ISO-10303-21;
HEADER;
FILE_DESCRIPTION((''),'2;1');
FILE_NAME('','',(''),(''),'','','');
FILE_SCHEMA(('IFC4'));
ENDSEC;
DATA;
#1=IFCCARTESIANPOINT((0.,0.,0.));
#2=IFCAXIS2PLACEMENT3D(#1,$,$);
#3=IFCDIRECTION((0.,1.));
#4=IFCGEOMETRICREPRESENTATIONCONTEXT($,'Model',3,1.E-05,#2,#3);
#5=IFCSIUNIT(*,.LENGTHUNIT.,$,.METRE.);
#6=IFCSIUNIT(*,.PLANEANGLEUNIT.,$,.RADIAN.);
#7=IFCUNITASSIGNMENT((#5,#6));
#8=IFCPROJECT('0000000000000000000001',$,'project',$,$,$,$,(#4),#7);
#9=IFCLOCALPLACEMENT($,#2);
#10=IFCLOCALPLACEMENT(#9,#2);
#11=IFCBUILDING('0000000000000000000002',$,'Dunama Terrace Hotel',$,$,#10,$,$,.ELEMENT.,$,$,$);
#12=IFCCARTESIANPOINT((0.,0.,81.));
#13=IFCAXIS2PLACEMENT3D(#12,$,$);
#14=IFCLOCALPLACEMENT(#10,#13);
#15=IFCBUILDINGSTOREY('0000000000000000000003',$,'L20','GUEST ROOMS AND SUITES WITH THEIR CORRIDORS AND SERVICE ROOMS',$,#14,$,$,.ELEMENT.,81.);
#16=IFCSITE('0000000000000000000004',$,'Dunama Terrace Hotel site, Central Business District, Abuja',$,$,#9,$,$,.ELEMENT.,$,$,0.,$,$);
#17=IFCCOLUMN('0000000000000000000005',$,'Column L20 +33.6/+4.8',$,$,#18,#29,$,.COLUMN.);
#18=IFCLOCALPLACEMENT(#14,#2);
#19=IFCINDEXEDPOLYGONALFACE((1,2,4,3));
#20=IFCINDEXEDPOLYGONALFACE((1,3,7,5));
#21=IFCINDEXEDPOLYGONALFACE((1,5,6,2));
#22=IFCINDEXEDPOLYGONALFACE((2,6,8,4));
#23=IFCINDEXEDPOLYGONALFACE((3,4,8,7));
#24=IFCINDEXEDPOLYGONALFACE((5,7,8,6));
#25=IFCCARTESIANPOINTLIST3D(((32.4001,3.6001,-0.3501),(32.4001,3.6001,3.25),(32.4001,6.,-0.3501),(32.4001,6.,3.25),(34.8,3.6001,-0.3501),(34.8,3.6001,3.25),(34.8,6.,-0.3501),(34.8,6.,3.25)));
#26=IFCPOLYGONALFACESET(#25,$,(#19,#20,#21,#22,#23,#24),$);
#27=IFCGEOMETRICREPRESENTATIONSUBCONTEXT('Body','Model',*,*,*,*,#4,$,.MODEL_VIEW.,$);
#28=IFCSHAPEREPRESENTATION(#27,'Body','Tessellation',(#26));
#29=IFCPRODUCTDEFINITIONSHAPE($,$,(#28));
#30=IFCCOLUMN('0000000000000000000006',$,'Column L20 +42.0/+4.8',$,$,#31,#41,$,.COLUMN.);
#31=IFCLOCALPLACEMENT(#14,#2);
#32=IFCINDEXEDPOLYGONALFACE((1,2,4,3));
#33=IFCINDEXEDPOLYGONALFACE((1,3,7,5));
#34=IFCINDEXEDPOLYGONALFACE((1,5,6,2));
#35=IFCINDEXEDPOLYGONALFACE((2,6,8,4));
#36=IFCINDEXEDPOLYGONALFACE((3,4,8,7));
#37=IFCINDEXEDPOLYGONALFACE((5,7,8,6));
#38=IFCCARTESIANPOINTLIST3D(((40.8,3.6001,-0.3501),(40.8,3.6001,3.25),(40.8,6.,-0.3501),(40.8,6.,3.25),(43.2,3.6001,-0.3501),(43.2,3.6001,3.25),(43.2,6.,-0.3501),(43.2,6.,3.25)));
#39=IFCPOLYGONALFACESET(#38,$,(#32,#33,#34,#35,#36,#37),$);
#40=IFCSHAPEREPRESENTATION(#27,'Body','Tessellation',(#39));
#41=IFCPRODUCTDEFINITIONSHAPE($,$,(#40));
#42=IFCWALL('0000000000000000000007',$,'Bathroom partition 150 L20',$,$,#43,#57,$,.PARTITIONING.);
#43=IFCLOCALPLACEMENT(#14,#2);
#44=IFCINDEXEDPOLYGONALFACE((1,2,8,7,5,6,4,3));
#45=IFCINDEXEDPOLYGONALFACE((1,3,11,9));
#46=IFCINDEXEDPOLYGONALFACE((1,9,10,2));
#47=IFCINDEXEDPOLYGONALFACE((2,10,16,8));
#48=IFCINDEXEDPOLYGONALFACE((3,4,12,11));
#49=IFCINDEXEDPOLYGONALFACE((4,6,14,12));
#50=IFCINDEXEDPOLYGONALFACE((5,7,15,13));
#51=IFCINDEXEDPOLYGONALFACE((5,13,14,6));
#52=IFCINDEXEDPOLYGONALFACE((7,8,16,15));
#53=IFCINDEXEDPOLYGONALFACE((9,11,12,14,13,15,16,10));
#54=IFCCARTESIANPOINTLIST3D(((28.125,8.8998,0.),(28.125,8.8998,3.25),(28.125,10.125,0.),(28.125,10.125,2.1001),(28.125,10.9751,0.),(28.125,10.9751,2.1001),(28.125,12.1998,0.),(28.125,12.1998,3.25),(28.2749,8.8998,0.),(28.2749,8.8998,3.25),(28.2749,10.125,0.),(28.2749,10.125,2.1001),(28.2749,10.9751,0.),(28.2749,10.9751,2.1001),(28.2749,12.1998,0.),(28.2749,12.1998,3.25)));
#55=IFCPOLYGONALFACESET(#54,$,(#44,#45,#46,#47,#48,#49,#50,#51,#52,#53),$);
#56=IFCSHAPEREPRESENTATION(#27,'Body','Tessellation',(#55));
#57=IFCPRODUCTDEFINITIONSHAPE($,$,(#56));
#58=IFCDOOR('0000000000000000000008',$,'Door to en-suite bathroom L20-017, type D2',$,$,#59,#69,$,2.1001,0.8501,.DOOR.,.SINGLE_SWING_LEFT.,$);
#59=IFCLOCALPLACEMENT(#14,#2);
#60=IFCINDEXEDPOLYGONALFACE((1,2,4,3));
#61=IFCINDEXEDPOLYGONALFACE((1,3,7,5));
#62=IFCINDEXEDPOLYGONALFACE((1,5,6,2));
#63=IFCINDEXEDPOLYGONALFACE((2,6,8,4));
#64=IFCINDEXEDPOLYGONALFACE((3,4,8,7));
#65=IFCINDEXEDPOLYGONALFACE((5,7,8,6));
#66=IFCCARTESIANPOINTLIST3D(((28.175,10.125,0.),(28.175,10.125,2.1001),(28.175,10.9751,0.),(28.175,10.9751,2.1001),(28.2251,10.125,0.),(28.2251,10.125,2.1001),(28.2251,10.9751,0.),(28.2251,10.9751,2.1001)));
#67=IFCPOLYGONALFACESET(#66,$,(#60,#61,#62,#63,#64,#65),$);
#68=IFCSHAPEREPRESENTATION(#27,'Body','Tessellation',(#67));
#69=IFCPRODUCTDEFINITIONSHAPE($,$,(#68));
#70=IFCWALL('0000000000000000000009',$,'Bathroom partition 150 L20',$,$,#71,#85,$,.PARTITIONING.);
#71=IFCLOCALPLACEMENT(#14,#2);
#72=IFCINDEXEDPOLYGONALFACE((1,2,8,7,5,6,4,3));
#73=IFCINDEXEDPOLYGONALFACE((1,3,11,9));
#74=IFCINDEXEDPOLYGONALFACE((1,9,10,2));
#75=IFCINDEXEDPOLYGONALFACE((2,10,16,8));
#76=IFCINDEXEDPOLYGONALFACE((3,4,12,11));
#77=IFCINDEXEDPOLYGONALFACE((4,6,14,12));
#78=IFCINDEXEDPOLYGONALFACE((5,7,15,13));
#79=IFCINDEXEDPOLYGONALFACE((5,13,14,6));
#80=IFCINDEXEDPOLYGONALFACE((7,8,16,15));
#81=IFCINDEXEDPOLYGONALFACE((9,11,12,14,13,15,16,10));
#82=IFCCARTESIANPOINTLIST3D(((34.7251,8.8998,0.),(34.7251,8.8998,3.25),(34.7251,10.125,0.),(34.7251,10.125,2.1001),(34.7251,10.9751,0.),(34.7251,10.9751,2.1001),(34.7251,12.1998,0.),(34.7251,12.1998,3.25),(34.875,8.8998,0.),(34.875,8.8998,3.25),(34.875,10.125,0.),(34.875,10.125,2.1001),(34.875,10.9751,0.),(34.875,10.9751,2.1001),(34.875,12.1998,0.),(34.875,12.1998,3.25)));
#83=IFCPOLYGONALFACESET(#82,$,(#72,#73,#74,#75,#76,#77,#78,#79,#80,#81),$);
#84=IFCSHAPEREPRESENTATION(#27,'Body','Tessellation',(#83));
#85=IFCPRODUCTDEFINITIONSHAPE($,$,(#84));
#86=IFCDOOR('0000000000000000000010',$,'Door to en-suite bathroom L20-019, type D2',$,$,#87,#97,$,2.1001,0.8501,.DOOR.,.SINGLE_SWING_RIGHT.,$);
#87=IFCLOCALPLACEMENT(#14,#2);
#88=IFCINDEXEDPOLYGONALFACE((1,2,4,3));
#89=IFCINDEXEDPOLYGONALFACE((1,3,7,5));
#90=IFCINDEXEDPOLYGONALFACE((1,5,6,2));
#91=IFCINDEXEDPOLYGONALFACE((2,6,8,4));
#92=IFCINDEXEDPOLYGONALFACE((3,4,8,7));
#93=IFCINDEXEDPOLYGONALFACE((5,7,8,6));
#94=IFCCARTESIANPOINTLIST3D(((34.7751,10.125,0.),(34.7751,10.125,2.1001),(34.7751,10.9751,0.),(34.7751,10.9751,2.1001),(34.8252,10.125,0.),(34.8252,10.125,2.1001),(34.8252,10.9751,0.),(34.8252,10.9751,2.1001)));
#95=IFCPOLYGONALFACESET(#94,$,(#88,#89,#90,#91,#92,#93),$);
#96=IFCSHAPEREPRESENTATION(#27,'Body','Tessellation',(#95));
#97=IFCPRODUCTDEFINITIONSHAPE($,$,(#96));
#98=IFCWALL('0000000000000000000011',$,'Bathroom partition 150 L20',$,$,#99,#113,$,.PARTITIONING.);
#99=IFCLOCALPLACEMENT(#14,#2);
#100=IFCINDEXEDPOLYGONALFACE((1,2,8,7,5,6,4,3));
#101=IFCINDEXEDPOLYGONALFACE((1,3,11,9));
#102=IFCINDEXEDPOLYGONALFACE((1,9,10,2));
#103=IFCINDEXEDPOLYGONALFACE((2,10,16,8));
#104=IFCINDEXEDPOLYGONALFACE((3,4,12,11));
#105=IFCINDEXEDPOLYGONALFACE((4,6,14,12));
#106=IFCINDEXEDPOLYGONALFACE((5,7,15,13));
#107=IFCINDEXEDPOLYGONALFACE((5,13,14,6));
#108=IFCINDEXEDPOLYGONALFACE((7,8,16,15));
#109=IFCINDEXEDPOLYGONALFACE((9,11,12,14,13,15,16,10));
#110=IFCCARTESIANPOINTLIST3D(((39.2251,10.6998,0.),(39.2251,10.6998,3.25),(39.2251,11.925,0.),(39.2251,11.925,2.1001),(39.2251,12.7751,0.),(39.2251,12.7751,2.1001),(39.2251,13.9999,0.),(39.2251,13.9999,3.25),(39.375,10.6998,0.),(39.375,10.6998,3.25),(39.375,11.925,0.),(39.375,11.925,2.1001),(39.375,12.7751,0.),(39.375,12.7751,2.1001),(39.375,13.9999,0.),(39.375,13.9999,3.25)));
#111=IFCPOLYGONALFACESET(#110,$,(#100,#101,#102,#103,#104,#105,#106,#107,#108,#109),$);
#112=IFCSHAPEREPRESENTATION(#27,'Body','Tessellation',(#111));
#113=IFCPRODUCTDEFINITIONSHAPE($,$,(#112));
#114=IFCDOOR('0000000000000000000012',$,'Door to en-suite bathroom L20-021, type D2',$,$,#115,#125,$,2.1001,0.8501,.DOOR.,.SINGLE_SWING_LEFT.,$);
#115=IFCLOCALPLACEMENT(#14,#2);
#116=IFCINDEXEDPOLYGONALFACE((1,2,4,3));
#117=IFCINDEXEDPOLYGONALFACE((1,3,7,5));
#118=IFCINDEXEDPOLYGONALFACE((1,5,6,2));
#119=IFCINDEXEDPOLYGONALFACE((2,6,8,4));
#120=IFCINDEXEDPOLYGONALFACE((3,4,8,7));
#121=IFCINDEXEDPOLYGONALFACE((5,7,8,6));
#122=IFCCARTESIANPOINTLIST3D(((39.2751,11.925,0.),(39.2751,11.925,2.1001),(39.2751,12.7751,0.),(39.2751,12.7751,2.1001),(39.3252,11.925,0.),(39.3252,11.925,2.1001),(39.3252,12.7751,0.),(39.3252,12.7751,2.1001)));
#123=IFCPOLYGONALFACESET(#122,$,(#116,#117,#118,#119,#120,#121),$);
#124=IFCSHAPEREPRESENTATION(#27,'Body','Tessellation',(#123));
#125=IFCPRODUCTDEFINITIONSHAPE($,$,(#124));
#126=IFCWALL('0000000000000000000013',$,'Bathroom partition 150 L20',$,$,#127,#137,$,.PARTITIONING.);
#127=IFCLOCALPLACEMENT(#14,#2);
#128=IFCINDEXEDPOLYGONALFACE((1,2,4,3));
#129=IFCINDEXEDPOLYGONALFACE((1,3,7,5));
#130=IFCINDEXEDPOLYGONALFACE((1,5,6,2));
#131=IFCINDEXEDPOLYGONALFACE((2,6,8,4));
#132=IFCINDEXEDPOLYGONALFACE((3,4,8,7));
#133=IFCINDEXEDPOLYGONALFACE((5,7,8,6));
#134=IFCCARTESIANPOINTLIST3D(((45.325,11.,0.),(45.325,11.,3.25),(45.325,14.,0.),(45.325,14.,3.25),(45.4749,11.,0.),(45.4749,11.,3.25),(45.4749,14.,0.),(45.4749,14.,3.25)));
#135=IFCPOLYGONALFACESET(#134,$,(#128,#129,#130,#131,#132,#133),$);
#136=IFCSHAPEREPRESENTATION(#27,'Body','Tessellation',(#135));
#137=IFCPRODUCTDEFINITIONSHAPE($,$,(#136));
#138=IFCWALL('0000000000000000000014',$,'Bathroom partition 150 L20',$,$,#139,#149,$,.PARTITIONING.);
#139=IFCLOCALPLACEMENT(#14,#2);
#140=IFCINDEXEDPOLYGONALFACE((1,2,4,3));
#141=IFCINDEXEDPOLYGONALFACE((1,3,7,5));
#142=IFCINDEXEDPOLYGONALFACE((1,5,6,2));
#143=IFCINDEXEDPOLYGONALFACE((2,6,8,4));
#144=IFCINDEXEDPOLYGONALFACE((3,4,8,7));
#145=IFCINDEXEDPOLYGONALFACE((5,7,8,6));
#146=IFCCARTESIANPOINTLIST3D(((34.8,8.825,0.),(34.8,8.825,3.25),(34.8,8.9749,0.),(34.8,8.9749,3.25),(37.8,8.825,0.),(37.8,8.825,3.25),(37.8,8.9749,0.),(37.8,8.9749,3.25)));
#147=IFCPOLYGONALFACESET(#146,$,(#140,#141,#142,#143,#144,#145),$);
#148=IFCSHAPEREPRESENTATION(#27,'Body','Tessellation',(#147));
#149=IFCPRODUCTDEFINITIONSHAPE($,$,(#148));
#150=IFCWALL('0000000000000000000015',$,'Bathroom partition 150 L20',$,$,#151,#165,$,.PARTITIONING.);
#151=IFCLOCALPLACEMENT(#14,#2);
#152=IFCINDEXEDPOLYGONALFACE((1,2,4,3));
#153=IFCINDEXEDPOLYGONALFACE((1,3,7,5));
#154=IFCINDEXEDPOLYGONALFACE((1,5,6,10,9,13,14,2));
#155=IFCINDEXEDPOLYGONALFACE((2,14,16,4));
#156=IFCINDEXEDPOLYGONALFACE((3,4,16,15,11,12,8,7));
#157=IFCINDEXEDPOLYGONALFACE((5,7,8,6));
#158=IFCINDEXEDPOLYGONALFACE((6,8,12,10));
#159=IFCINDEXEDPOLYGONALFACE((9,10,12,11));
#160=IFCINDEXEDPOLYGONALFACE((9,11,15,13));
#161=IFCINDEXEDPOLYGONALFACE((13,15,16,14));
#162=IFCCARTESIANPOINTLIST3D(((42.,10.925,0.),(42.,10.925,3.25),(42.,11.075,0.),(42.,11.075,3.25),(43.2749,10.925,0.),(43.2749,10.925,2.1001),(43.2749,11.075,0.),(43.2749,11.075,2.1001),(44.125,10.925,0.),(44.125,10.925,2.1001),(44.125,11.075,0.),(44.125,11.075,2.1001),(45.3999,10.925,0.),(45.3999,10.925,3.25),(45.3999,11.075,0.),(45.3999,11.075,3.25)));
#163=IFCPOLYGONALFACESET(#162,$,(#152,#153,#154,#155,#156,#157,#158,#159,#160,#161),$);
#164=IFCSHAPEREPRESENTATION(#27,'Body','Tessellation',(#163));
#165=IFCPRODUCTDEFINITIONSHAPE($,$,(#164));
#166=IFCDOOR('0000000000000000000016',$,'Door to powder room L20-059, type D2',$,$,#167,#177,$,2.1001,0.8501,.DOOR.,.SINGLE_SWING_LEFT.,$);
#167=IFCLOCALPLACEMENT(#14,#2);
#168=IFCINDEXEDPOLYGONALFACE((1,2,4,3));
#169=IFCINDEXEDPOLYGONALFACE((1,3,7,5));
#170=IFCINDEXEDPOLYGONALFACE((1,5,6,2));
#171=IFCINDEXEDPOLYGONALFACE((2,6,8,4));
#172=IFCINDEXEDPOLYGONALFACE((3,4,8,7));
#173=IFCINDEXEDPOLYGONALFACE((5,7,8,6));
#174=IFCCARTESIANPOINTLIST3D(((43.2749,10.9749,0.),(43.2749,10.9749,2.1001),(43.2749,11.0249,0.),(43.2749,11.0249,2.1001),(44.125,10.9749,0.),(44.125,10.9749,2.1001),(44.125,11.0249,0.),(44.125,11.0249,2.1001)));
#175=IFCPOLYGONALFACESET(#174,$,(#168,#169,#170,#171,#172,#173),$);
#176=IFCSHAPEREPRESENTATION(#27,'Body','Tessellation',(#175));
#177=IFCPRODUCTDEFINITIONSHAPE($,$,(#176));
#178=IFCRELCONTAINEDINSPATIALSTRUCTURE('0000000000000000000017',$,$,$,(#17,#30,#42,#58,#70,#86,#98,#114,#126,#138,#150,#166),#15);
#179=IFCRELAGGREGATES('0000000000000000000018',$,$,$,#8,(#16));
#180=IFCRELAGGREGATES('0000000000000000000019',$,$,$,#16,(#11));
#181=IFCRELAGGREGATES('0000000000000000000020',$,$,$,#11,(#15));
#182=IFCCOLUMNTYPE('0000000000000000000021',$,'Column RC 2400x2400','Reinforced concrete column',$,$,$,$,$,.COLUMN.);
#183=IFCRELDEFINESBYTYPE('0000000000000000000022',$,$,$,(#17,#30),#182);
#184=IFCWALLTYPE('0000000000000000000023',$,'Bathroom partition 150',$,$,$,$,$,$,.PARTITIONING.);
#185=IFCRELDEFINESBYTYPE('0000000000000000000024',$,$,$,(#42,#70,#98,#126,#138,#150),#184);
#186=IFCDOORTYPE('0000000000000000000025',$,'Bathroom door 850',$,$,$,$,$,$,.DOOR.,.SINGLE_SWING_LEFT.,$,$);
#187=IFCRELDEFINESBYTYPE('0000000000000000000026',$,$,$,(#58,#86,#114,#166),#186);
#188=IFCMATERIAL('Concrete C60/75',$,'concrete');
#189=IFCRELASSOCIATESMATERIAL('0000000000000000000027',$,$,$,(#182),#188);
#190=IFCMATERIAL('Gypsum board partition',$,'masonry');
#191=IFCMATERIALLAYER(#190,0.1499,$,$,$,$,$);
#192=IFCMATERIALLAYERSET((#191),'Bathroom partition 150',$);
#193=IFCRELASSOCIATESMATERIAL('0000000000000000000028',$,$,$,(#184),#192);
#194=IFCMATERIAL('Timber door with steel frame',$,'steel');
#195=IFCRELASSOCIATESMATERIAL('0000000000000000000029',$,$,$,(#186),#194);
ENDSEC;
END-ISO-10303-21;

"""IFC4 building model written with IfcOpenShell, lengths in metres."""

from ifc_helpers import new_model, si_unit, direction, frame, frame_2d, origin, origin_2d, place, context, subcontext, project, spatial, rectangle, extrude, material, layer, layer_set, material_profile, profile_set, type_object, element, fill, save


model = new_model("IFC4")

# Units and contexts
model_context = context("Model", 3, precision=1e-05, world=origin(), true_north=direction((0.0, 1.0)))
body_context = subcontext(model_context, "Body", "Model", "MODEL_VIEW")
ifc_project = project(units=[si_unit("LENGTHUNIT", "METRE"), si_unit("PLANEANGLEUNIT", "RADIAN")], contexts=[model_context])

# Site, building, storey
site_placement = place(None, origin())
site = spatial("IfcSite", under=ifc_project, at=site_placement, Name="Dunama Terrace Hotel site, Central Business District, Abuja", CompositionType="ELEMENT", RefElevation=0.0)
building_placement = place(site_placement, origin())
building = spatial("IfcBuilding", under=site, at=building_placement, Name="Dunama Terrace Hotel", CompositionType="ELEMENT")
storey_placement = place(building_placement, frame((0.0, 0.0, 81.0)))
storey = spatial("IfcBuildingStorey", under=building, at=storey_placement, Name="L20", Description="GUEST ROOMS AND SUITES WITH THEIR CORRIDORS AND SERVICE ROOMS", CompositionType="ELEMENT", Elevation=81.0)

# Columns
ifc_material_1 = material(Name="Concrete C60/75", Category="concrete")
ifc_material_profile = material_profile(ifc_material_1, rectangle(XDim=2.3999, YDim=2.3999, at=origin_2d()), Name="RC 2400x2400")
ifc_profile_set = profile_set([ifc_material_profile], Name="Concrete C60/75")
column_type = type_object("IfcColumnType", Name="Column RC 2400x2400", Description="Reinforced concrete column", PredefinedType="COLUMN", material=ifc_profile_set)
for number, where, z_axis, x_axis, name in (
    (1, (33.6001, 4.8, -0.3501), (0.0, 0.0, 1.0), (1.0, 0.0, 0.0), "Column L20 +33.6/+4.8"),
    (2, (42.0, 4.8, -0.3501), (0.0, 0.0, 1.0), (1.0, 0.0, 0.0), "Column L20 +42.0/+4.8"),
):
    element("IfcColumn", number, at=place(storey_placement, frame(where, z_axis=z_axis, x_axis=x_axis)), inside=storey, type_object=column_type, Name=name, PredefinedType="COLUMN", context=body_context, shape_type="SweptSolid", body=[
        extrude(rectangle(XDim=2.3999, YDim=2.3999, at=origin_2d()), origin(), (0.0, 0.0, 1.0), 3.6001),
    ])

# Walls, openings, doors
ifc_material_2 = material(Name="Gypsum board partition", Category="masonry")
ifc_layer_1 = layer(ifc_material_2, 0.1499)
ifc_layer_set_1 = layer_set([ifc_layer_1], Name="Bathroom partition 150")
wall_type_1 = type_object("IfcWallType", Name="Bathroom partition 150", PredefinedType="PARTITIONING", material=ifc_layer_set_1)
wall_1_placement = place(storey_placement, frame((28.2, 8.8999, 0.0), z_axis=(0.0, 0.0, 1.0), x_axis=(0.0, 1.0, 0.0)))
wall_1 = element("IfcWall", 3, at=wall_1_placement, inside=storey, type_object=wall_type_1, Name="Bathroom partition 150 L20", PredefinedType="PARTITIONING", context=body_context, shape_type="SweptSolid", body=[
    extrude(rectangle(XDim=3.3, YDim=0.1499, at=frame_2d((1.6499, 0.0))), origin(), (0.0, 0.0, 1.0), 3.25),
])
opening_1_placement = place(wall_1_placement, frame((1.2251, 0.0, 0.0)))
opening_1 = element("IfcOpeningElement", 4, at=opening_1_placement, cuts=wall_1, PredefinedType="OPENING", context=body_context, shape_type="SweptSolid", body=[
    extrude(rectangle(XDim=0.8501, YDim=2.1001, at=frame_2d((0.425, 1.05))), frame((0.0, 0.085, 0.0), z_axis=(0.0, -1.0, 0.0), x_axis=(1.0, 0.0, 0.0)), (0.0, 0.0, 1.0), 0.1699),
])
ifc_material_3 = material(Name="Timber door with steel frame", Category="steel")
door_type_1 = type_object("IfcDoorType", Name="Bathroom door 850", OperationType="SINGLE_SWING_LEFT", PredefinedType="DOOR", material=ifc_material_3)
door_1_placement = place(opening_1_placement, origin())
door_1 = element("IfcDoor", 5, at=door_1_placement, inside=storey, type_object=door_type_1, Name="Door to en-suite bathroom L20-017, type D2", OperationType="SINGLE_SWING_LEFT", OverallHeight=2.1001, OverallWidth=0.8501, PredefinedType="DOOR", context=body_context, shape_type="SweptSolid", body=[
    extrude(rectangle(XDim=0.8501, YDim=2.1001, at=frame_2d((0.425, 1.05))), frame((0.0, 0.0249, 0.0), z_axis=(0.0, -1.0, 0.0), x_axis=(1.0, 0.0, 0.0)), (0.0, 0.0, 1.0), 0.05),
])
fill(opening_1, door_1)
wall_2_placement = place(storey_placement, frame((34.8, 8.8999, 0.0), z_axis=(0.0, 0.0, 1.0), x_axis=(0.0, 1.0, 0.0)))
wall_2 = element("IfcWall", 6, at=wall_2_placement, inside=storey, type_object=wall_type_1, Name="Bathroom partition 150 L20", PredefinedType="PARTITIONING", context=body_context, shape_type="SweptSolid", body=[
    extrude(rectangle(XDim=3.3, YDim=0.1499, at=frame_2d((1.6499, 0.0))), origin(), (0.0, 0.0, 1.0), 3.25),
])
opening_2_placement = place(wall_2_placement, frame((1.2251, 0.0, 0.0)))
opening_2 = element("IfcOpeningElement", 7, at=opening_2_placement, cuts=wall_2, PredefinedType="OPENING", context=body_context, shape_type="SweptSolid", body=[
    extrude(rectangle(XDim=0.8501, YDim=2.1001, at=frame_2d((0.425, 1.05))), frame((0.0, 0.085, 0.0), z_axis=(0.0, -1.0, 0.0), x_axis=(1.0, 0.0, 0.0)), (0.0, 0.0, 1.0), 0.1699),
])
door_2_placement = place(opening_2_placement, frame((0.8501, 0.0, 0.0), z_axis=(0.0, 0.0, 1.0), x_axis=(-1.0, 0.0, 0.0)))
door_2 = element("IfcDoor", 8, at=door_2_placement, inside=storey, type_object=door_type_1, Name="Door to en-suite bathroom L20-019, type D2", OperationType="SINGLE_SWING_RIGHT", OverallHeight=2.1001, OverallWidth=0.8501, PredefinedType="DOOR", context=body_context, shape_type="SweptSolid", body=[
    extrude(rectangle(XDim=0.8501, YDim=2.1001, at=frame_2d((0.425, 1.05))), frame((0.0, 0.0251, 0.0), z_axis=(0.0, -1.0, 0.0), x_axis=(1.0, 0.0, 0.0)), (0.0, 0.0, 1.0), 0.05),
])
fill(opening_2, door_2)
wall_3_placement = place(storey_placement, frame((39.3, 10.7, 0.0), z_axis=(0.0, 0.0, 1.0), x_axis=(0.0, 1.0, 0.0)))
wall_3 = element("IfcWall", 9, at=wall_3_placement, inside=storey, type_object=wall_type_1, Name="Bathroom partition 150 L20", PredefinedType="PARTITIONING", context=body_context, shape_type="SweptSolid", body=[
    extrude(rectangle(XDim=3.3, YDim=0.1499, at=frame_2d((1.6499, 0.0))), origin(), (0.0, 0.0, 1.0), 3.25),
])
opening_3_placement = place(wall_3_placement, frame((1.2251, 0.0, 0.0)))
opening_3 = element("IfcOpeningElement", 10, at=opening_3_placement, cuts=wall_3, PredefinedType="OPENING", context=body_context, shape_type="SweptSolid", body=[
    extrude(rectangle(XDim=0.8501, YDim=2.1001, at=frame_2d((0.425, 1.05))), frame((0.0, 0.085, 0.0), z_axis=(0.0, -1.0, 0.0), x_axis=(1.0, 0.0, 0.0)), (0.0, 0.0, 1.0), 0.1699),
])
door_3_placement = place(opening_3_placement, frame((0.8501, 0.0, 0.0), z_axis=(0.0, 0.0, 1.0), x_axis=(-1.0, 0.0, 0.0)))
door_3 = element("IfcDoor", 11, at=door_3_placement, inside=storey, type_object=door_type_1, Name="Door to en-suite bathroom L20-021, type D2", OperationType="SINGLE_SWING_LEFT", OverallHeight=2.1001, OverallWidth=0.8501, PredefinedType="DOOR", context=body_context, shape_type="SweptSolid", body=[
    extrude(rectangle(XDim=0.8501, YDim=2.1001, at=frame_2d((0.425, 1.05))), frame((0.0, 0.0251, 0.0), z_axis=(0.0, -1.0, 0.0), x_axis=(1.0, 0.0, 0.0)), (0.0, 0.0, 1.0), 0.05),
])
fill(opening_3, door_3)

# Walls
for number, where, z_axis, x_axis, name in (
    (12, (45.3999, 11.0, 0.0), (0.0, 0.0, 1.0), (0.0, 1.0, 0.0), "Bathroom partition 150 L20"),
    (13, (34.8, 8.8999, 0.0), (0.0, 0.0, 1.0), (1.0, 0.0, 0.0), "Bathroom partition 150 L20"),
):
    element("IfcWall", number, at=place(storey_placement, frame(where, z_axis=z_axis, x_axis=x_axis)), inside=storey, type_object=wall_type_1, Name=name, PredefinedType="PARTITIONING", context=body_context, shape_type="SweptSolid", body=[
        extrude(rectangle(XDim=3.0, YDim=0.1499, at=frame_2d((1.5, 0.0))), origin(), (0.0, 0.0, 1.0), 3.25),
    ])

# Wall, opening, door
wall_4_placement = place(storey_placement, frame((42.0, 11.0, 0.0), z_axis=(0.0, 0.0, 1.0), x_axis=(1.0, 0.0, 0.0)))
wall_4 = element("IfcWall", 14, at=wall_4_placement, inside=storey, type_object=wall_type_1, Name="Bathroom partition 150 L20", PredefinedType="PARTITIONING", context=body_context, shape_type="SweptSolid", body=[
    extrude(rectangle(XDim=3.3999, YDim=0.1499, at=frame_2d((1.7, 0.0))), origin(), (0.0, 0.0, 1.0), 3.25),
])
opening_4_placement = place(wall_4_placement, frame((1.2749, 0.0, 0.0)))
opening_4 = element("IfcOpeningElement", 15, at=opening_4_placement, cuts=wall_4, PredefinedType="OPENING", context=body_context, shape_type="SweptSolid", body=[
    extrude(rectangle(XDim=0.8501, YDim=2.1001, at=frame_2d((0.425, 1.05))), frame((0.0, 0.085, 0.0), z_axis=(0.0, -1.0, 0.0), x_axis=(1.0, 0.0, 0.0)), (0.0, 0.0, 1.0), 0.1699),
])
door_4_placement = place(opening_4_placement, origin())
door_4 = element("IfcDoor", 16, at=door_4_placement, inside=storey, type_object=door_type_1, Name="Door to powder room L20-059, type D2", OperationType="SINGLE_SWING_LEFT", OverallHeight=2.1001, OverallWidth=0.8501, PredefinedType="DOOR", context=body_context, shape_type="SweptSolid", body=[
    extrude(rectangle(XDim=0.8501, YDim=2.1001, at=frame_2d((0.425, 1.05))), frame((0.0, 0.0249, 0.0), z_axis=(0.0, -1.0, 0.0), x_axis=(1.0, 0.0, 0.0)), (0.0, 0.0, 1.0), 0.05),
])
fill(opening_4, door_4)

save(model, "model.ifc")
